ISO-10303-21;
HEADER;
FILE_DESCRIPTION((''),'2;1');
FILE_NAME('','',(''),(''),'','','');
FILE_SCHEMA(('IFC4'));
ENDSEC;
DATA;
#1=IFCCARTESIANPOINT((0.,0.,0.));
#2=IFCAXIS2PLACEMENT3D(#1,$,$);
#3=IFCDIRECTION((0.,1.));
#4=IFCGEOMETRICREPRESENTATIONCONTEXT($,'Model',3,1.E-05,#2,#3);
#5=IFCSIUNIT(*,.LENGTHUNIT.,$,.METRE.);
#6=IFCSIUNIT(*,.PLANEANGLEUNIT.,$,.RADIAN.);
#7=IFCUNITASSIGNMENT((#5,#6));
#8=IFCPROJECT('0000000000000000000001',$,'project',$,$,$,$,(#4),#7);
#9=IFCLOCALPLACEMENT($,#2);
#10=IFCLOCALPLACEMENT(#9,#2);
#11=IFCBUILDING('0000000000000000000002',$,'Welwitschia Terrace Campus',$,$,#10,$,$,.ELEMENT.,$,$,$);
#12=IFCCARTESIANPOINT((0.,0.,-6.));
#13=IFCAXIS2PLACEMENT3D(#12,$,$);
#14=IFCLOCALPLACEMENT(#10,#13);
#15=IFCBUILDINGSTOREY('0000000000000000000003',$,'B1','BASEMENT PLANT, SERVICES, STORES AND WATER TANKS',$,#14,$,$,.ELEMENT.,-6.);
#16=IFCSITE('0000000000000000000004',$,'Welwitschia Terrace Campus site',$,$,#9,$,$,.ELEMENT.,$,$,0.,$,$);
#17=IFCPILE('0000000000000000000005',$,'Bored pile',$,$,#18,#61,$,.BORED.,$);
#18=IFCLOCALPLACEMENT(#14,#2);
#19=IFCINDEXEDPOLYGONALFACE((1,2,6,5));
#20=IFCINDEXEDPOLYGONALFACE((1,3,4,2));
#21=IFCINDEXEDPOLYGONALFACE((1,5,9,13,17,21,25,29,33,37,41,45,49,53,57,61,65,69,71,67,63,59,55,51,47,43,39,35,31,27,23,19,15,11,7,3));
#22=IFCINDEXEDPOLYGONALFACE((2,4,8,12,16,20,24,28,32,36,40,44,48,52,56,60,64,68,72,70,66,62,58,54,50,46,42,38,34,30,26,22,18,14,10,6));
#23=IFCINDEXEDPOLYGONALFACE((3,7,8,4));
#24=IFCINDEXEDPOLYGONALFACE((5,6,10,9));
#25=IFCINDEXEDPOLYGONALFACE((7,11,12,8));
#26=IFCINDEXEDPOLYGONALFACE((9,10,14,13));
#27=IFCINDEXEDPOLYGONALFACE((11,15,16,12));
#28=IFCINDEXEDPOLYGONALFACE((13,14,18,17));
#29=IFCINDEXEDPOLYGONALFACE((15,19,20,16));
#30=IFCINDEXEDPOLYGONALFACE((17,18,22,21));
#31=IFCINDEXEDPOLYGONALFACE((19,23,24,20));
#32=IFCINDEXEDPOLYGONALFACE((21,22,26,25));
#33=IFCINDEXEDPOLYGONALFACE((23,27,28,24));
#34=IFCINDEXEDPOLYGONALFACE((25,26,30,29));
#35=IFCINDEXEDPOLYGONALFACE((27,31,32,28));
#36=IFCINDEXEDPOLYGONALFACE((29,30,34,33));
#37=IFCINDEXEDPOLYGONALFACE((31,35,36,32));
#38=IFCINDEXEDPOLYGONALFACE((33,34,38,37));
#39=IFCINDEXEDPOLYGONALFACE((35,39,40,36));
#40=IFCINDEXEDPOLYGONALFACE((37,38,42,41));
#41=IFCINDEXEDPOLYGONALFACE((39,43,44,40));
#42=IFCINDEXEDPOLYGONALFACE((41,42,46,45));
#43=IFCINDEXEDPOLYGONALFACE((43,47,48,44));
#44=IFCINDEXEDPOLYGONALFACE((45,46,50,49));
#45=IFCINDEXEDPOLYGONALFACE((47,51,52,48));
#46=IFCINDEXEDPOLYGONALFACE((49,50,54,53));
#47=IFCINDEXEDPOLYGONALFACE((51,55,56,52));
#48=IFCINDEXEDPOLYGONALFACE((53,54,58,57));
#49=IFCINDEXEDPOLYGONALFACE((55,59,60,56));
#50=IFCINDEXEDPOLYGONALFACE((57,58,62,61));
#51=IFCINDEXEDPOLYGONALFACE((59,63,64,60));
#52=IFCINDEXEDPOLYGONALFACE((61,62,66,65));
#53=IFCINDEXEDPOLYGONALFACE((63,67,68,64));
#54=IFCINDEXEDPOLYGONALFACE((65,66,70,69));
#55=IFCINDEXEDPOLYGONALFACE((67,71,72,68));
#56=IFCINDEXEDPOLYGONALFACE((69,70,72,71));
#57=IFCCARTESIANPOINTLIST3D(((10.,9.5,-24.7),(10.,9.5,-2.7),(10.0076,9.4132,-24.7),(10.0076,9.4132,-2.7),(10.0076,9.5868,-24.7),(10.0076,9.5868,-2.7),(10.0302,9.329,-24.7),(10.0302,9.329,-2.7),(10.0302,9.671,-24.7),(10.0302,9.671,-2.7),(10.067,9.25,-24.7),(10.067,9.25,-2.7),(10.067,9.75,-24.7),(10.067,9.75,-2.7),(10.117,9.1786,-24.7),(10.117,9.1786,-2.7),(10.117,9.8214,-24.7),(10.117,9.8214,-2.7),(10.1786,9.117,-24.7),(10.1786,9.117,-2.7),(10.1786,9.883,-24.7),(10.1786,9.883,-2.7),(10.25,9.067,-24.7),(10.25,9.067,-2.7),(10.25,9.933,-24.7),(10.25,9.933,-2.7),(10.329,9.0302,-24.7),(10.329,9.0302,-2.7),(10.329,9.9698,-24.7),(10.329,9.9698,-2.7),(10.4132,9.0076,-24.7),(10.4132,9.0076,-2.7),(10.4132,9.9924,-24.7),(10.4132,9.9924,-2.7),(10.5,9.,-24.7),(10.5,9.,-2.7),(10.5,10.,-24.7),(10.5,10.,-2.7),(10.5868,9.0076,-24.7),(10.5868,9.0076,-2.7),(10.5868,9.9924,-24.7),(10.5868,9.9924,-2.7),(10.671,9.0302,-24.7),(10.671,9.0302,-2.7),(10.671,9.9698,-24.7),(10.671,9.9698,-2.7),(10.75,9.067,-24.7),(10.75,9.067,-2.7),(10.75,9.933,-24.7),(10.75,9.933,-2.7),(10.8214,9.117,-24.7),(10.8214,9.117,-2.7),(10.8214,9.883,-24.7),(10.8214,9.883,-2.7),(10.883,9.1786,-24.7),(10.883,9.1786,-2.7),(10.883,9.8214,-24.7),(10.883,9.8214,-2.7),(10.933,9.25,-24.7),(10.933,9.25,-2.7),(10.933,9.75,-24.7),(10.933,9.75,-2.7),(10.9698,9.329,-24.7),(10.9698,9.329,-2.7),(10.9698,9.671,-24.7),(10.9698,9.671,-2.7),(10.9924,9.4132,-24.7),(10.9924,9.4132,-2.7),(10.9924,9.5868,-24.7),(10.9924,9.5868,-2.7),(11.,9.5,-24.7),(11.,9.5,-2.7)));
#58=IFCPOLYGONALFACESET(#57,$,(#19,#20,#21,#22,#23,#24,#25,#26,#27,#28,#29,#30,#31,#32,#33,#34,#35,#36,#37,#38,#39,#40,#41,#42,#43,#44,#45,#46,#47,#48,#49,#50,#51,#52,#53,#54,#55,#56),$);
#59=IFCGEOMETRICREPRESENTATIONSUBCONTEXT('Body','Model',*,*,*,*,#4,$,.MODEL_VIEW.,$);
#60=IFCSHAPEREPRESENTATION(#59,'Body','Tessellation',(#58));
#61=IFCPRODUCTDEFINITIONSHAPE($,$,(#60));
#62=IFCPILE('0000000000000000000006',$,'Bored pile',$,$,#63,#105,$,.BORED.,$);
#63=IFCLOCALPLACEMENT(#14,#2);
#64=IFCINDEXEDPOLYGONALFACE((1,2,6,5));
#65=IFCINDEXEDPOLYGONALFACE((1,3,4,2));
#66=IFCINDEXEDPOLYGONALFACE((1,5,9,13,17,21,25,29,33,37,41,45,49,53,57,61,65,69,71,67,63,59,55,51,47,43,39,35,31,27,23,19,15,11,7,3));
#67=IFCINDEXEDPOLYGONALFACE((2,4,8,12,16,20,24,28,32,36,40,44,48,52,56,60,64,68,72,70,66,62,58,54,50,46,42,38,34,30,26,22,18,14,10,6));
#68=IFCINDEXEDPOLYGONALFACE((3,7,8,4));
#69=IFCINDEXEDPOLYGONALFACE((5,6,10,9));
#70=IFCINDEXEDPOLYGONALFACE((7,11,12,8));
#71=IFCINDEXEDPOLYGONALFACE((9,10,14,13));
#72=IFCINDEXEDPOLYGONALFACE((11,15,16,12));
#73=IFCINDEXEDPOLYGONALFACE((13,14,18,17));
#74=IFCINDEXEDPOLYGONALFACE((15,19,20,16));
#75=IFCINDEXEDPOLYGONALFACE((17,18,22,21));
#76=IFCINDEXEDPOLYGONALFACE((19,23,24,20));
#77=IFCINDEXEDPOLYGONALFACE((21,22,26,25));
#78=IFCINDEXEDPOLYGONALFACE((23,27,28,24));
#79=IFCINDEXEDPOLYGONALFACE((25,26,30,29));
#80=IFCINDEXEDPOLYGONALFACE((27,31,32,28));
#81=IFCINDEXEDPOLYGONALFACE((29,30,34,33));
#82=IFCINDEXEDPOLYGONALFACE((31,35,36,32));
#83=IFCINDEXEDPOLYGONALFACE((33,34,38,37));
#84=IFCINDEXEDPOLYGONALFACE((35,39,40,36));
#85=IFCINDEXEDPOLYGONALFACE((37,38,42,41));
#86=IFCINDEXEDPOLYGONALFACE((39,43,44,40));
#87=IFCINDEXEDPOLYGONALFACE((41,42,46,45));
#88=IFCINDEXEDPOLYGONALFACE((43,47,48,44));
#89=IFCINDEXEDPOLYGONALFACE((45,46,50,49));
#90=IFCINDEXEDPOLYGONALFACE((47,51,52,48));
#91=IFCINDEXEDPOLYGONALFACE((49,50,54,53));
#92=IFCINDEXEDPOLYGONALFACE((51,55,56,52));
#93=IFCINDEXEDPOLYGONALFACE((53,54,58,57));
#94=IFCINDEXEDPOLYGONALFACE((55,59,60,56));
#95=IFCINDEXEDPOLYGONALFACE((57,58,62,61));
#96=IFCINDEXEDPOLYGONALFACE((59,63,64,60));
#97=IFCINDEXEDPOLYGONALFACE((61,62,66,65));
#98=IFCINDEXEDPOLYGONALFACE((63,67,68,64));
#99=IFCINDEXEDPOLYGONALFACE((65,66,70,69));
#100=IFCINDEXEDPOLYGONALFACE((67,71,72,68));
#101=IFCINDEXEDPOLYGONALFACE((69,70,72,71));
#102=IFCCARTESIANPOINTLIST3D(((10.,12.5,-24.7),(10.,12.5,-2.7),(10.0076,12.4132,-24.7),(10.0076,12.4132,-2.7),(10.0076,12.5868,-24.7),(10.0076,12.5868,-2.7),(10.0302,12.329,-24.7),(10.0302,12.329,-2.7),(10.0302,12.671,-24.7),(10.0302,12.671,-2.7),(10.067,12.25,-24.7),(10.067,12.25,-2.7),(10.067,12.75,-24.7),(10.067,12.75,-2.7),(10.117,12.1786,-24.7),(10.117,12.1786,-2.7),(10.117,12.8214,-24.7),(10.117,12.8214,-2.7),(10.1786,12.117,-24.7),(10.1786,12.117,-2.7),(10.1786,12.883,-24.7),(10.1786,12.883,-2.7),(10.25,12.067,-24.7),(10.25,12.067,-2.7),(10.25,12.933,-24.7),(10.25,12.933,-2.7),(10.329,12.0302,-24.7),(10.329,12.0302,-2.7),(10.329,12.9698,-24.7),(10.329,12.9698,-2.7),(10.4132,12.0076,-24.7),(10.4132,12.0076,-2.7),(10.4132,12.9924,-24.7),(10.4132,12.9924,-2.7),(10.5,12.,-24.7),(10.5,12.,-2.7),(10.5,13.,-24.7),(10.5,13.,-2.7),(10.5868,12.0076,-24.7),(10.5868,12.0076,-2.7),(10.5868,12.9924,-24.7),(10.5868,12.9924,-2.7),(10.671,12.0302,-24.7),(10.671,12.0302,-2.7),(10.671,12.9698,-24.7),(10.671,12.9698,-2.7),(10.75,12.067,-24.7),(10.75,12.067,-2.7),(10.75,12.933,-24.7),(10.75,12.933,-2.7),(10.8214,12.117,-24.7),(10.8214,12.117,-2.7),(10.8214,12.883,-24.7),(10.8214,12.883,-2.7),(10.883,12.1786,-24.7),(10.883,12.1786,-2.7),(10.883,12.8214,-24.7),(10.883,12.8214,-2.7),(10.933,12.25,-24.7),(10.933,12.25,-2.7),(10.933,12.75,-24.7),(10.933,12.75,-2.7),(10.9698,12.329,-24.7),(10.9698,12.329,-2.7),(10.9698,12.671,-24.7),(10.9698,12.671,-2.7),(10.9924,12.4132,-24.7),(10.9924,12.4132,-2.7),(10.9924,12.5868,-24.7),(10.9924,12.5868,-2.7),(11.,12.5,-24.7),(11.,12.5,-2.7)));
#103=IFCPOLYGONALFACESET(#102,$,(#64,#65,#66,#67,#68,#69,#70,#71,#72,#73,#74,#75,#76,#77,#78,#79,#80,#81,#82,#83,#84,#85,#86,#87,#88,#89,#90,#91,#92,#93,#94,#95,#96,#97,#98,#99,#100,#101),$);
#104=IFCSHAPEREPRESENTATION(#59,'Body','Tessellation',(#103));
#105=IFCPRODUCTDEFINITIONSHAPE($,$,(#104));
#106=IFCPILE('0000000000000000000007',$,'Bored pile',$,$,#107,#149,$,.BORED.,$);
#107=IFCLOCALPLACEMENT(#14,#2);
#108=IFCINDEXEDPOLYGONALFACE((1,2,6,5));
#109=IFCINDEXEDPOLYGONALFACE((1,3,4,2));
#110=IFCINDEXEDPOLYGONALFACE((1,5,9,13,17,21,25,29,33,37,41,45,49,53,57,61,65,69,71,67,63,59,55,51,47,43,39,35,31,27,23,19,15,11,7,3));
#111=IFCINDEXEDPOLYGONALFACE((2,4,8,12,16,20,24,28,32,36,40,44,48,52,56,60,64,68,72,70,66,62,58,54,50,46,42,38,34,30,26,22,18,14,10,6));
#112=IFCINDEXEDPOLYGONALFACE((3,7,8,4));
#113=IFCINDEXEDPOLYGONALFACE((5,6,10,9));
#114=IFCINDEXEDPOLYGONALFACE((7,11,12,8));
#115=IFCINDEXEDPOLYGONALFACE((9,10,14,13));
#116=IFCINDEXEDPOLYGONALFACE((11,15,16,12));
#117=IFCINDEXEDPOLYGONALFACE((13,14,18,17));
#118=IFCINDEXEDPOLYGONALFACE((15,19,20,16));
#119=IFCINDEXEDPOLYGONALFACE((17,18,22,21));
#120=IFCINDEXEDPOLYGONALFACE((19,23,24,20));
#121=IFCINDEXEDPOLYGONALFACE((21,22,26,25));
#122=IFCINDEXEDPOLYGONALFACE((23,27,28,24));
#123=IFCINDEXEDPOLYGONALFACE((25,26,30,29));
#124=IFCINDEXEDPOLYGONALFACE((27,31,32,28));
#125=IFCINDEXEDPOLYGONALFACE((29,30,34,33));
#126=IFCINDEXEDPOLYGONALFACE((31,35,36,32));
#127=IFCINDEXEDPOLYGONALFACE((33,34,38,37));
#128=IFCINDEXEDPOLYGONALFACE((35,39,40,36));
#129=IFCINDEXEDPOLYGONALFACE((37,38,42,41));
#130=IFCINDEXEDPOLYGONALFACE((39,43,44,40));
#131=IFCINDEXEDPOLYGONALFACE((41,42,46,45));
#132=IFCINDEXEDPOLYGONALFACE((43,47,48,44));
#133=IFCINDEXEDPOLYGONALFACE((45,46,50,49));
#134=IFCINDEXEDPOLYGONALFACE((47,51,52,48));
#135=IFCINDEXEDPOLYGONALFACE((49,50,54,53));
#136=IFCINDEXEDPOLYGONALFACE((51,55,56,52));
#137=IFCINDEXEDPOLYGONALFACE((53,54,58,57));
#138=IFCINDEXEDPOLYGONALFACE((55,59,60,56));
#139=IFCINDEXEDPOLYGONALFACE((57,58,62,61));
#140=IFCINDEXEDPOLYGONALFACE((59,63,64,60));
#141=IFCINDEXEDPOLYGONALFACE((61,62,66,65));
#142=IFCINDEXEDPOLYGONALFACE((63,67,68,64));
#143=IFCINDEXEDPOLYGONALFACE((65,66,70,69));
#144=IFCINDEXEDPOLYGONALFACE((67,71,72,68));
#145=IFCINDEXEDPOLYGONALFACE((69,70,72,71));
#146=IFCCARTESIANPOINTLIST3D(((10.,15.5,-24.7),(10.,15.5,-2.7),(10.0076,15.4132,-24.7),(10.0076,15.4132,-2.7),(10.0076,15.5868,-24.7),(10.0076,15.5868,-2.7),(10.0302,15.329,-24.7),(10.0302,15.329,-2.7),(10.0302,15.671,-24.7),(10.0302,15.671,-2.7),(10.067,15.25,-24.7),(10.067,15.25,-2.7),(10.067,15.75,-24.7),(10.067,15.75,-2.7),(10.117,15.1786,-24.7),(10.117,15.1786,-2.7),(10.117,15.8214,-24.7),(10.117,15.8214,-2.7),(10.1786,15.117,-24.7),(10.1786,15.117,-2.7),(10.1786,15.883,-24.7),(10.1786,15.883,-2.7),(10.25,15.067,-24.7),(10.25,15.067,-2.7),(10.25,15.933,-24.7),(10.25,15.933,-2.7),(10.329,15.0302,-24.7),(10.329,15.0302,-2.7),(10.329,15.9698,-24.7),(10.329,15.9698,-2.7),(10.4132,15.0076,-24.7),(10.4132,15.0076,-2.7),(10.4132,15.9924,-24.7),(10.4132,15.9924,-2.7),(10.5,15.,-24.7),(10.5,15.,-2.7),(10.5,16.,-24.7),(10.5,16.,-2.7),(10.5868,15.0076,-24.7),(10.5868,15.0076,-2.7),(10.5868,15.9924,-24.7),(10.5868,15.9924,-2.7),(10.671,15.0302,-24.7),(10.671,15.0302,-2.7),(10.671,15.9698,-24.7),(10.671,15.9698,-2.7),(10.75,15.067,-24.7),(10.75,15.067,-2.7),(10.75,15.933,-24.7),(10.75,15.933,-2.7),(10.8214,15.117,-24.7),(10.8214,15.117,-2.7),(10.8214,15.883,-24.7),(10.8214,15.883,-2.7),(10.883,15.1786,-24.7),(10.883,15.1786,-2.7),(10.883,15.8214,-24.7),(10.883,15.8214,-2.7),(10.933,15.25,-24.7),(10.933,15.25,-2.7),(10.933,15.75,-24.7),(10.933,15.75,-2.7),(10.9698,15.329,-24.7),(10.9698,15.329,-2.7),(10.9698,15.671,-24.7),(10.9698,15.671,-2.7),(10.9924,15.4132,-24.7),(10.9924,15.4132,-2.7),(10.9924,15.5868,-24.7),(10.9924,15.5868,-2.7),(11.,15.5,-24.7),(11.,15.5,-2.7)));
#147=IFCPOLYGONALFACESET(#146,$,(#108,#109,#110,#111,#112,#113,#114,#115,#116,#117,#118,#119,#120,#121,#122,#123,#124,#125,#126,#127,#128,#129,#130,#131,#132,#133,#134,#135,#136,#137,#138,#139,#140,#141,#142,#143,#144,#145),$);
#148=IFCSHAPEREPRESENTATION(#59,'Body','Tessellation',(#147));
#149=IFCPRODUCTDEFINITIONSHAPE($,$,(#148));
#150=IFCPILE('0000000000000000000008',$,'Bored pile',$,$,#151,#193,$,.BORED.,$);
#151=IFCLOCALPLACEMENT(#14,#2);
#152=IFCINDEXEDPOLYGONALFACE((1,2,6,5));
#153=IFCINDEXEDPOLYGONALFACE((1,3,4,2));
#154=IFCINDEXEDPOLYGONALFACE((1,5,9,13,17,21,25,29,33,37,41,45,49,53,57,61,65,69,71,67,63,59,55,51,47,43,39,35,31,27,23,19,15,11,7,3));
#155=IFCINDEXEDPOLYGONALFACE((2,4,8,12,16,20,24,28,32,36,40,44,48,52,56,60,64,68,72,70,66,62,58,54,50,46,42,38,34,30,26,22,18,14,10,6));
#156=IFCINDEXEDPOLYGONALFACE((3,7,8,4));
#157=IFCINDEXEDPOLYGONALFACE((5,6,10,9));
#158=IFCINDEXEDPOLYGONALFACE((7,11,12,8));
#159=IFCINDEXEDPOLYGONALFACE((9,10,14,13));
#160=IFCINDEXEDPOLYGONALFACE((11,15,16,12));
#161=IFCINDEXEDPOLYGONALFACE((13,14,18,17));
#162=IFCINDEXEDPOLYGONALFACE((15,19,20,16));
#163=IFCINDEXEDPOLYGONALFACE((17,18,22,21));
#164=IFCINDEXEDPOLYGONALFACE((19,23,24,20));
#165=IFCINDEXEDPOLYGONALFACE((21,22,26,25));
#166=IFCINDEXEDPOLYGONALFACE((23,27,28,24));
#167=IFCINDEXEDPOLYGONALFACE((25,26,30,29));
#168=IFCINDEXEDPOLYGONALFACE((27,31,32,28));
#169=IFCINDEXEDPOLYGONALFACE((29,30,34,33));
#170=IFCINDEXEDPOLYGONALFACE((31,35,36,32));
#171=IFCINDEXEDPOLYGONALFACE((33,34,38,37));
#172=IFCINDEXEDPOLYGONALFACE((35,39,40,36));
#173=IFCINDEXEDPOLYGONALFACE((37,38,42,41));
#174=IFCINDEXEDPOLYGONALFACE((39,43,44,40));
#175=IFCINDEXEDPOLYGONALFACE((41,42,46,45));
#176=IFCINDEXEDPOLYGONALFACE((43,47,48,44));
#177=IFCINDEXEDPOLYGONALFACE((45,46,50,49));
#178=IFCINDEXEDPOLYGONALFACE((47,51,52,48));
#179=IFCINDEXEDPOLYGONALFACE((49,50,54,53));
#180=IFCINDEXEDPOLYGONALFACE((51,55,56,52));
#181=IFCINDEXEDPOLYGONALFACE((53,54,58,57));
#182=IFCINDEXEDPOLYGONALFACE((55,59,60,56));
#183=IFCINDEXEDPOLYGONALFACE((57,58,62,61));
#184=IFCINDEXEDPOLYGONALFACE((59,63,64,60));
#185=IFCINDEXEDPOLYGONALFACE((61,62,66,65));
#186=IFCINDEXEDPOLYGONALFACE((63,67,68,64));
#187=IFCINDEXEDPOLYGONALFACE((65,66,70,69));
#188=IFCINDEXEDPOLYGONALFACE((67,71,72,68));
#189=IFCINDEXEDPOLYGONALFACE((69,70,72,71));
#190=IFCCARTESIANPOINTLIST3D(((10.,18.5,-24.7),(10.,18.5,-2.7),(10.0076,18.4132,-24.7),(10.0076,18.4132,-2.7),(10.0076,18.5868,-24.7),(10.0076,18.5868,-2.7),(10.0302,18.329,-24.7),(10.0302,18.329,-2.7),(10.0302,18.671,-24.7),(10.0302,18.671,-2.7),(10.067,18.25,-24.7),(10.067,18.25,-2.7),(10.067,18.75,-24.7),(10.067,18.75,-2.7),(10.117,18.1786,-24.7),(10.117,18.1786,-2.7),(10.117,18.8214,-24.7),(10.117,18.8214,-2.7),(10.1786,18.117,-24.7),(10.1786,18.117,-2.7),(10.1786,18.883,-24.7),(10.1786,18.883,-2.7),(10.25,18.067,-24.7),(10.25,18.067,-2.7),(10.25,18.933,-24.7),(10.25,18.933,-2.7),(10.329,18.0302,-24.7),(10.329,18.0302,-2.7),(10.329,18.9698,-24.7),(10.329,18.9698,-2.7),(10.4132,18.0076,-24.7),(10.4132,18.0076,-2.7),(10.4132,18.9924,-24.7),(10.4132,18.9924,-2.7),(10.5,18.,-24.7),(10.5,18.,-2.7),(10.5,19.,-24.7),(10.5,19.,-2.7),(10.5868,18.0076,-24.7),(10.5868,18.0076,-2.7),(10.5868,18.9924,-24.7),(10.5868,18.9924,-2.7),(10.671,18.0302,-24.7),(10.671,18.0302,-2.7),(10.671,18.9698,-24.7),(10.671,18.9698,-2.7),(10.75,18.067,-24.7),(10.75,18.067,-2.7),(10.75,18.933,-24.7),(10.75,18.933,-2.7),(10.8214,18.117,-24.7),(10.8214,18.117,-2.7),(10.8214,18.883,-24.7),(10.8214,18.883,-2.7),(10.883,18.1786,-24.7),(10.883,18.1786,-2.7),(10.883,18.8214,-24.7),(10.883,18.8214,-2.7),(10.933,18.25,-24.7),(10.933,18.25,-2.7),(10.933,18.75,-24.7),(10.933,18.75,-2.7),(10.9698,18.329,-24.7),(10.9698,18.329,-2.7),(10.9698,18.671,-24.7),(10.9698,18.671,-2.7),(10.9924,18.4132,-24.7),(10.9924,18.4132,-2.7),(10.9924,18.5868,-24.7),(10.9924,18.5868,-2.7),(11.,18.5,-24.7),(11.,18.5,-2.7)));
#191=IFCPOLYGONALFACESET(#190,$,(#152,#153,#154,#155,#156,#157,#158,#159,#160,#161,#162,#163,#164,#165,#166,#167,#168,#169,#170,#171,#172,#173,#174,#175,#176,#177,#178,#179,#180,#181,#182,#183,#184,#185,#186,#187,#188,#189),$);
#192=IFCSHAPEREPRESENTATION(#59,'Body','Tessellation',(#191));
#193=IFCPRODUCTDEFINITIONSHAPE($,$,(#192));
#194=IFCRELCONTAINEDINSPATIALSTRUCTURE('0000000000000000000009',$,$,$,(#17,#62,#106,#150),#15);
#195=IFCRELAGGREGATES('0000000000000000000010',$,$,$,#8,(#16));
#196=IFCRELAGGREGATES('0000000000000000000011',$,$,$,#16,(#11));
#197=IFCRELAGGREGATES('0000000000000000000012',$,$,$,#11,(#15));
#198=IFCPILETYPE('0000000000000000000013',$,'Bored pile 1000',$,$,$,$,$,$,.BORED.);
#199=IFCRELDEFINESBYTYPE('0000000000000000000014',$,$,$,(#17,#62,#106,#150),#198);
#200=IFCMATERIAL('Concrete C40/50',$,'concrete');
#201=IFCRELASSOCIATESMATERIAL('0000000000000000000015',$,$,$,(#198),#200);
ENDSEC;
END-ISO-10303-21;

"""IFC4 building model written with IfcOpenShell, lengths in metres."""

from ifc_helpers import new_model, si_unit, direction, frame, origin, origin_2d, place, context, subcontext, project, spatial, circle, extrude, material, type_object, element, save


model = new_model("IFC4")

# Units and contexts
model_context = context("Model", 3, precision=1e-05, world=origin(), true_north=direction((0.0, 1.0)))
body_context = subcontext(model_context, "Body", "Model", "MODEL_VIEW")
ifc_project = project(units=[si_unit("LENGTHUNIT", "METRE"), si_unit("PLANEANGLEUNIT", "RADIAN")], contexts=[model_context])

# Site, building, storey
site_placement = place(None, origin())
site = spatial("IfcSite", under=ifc_project, at=site_placement, Name="Welwitschia Terrace Campus site", CompositionType="ELEMENT", RefElevation=0.0)
building_placement = place(site_placement, origin())
building = spatial("IfcBuilding", under=site, at=building_placement, Name="Welwitschia Terrace Campus", CompositionType="ELEMENT")
storey_placement = place(building_placement, frame((0.0, 0.0, -6.0)))
storey = spatial("IfcBuildingStorey", under=building, at=storey_placement, Name="B1", Description="BASEMENT PLANT, SERVICES, STORES AND WATER TANKS", CompositionType="ELEMENT", Elevation=-6.0)

# Piles
ifc_material_1 = material(Name="Concrete C40/50", Category="concrete")
pile_type = type_object("IfcPileType", Name="Bored pile 1000", PredefinedType="BORED", material=ifc_material_1)
for number, where, z_axis, x_axis, name in (
    (1, (10.5, 9.5, -2.7), (0.0, 0.0, -1.0), (1.0, 0.0, 0.0), "Bored pile"),
    (2, (10.5, 12.5, -2.7), (0.0, 0.0, -1.0), (1.0, 0.0, 0.0), "Bored pile"),
    (3, (10.5, 15.5, -2.7), (0.0, 0.0, -1.0), (1.0, 0.0, 0.0), "Bored pile"),
    (4, (10.5, 18.5, -2.7), (0.0, 0.0, -1.0), (1.0, 0.0, 0.0), "Bored pile"),
):
    element("IfcPile", number, at=place(storey_placement, frame(where, z_axis=z_axis, x_axis=x_axis)), inside=storey, type_object=pile_type, Name=name, PredefinedType="BORED", context=body_context, shape_type="SweptSolid", body=[
        extrude(circle(Radius=0.5, at=origin_2d()), origin(), (0.0, 0.0, 1.0), 22.0),
    ])

save(model, "model.ifc")
